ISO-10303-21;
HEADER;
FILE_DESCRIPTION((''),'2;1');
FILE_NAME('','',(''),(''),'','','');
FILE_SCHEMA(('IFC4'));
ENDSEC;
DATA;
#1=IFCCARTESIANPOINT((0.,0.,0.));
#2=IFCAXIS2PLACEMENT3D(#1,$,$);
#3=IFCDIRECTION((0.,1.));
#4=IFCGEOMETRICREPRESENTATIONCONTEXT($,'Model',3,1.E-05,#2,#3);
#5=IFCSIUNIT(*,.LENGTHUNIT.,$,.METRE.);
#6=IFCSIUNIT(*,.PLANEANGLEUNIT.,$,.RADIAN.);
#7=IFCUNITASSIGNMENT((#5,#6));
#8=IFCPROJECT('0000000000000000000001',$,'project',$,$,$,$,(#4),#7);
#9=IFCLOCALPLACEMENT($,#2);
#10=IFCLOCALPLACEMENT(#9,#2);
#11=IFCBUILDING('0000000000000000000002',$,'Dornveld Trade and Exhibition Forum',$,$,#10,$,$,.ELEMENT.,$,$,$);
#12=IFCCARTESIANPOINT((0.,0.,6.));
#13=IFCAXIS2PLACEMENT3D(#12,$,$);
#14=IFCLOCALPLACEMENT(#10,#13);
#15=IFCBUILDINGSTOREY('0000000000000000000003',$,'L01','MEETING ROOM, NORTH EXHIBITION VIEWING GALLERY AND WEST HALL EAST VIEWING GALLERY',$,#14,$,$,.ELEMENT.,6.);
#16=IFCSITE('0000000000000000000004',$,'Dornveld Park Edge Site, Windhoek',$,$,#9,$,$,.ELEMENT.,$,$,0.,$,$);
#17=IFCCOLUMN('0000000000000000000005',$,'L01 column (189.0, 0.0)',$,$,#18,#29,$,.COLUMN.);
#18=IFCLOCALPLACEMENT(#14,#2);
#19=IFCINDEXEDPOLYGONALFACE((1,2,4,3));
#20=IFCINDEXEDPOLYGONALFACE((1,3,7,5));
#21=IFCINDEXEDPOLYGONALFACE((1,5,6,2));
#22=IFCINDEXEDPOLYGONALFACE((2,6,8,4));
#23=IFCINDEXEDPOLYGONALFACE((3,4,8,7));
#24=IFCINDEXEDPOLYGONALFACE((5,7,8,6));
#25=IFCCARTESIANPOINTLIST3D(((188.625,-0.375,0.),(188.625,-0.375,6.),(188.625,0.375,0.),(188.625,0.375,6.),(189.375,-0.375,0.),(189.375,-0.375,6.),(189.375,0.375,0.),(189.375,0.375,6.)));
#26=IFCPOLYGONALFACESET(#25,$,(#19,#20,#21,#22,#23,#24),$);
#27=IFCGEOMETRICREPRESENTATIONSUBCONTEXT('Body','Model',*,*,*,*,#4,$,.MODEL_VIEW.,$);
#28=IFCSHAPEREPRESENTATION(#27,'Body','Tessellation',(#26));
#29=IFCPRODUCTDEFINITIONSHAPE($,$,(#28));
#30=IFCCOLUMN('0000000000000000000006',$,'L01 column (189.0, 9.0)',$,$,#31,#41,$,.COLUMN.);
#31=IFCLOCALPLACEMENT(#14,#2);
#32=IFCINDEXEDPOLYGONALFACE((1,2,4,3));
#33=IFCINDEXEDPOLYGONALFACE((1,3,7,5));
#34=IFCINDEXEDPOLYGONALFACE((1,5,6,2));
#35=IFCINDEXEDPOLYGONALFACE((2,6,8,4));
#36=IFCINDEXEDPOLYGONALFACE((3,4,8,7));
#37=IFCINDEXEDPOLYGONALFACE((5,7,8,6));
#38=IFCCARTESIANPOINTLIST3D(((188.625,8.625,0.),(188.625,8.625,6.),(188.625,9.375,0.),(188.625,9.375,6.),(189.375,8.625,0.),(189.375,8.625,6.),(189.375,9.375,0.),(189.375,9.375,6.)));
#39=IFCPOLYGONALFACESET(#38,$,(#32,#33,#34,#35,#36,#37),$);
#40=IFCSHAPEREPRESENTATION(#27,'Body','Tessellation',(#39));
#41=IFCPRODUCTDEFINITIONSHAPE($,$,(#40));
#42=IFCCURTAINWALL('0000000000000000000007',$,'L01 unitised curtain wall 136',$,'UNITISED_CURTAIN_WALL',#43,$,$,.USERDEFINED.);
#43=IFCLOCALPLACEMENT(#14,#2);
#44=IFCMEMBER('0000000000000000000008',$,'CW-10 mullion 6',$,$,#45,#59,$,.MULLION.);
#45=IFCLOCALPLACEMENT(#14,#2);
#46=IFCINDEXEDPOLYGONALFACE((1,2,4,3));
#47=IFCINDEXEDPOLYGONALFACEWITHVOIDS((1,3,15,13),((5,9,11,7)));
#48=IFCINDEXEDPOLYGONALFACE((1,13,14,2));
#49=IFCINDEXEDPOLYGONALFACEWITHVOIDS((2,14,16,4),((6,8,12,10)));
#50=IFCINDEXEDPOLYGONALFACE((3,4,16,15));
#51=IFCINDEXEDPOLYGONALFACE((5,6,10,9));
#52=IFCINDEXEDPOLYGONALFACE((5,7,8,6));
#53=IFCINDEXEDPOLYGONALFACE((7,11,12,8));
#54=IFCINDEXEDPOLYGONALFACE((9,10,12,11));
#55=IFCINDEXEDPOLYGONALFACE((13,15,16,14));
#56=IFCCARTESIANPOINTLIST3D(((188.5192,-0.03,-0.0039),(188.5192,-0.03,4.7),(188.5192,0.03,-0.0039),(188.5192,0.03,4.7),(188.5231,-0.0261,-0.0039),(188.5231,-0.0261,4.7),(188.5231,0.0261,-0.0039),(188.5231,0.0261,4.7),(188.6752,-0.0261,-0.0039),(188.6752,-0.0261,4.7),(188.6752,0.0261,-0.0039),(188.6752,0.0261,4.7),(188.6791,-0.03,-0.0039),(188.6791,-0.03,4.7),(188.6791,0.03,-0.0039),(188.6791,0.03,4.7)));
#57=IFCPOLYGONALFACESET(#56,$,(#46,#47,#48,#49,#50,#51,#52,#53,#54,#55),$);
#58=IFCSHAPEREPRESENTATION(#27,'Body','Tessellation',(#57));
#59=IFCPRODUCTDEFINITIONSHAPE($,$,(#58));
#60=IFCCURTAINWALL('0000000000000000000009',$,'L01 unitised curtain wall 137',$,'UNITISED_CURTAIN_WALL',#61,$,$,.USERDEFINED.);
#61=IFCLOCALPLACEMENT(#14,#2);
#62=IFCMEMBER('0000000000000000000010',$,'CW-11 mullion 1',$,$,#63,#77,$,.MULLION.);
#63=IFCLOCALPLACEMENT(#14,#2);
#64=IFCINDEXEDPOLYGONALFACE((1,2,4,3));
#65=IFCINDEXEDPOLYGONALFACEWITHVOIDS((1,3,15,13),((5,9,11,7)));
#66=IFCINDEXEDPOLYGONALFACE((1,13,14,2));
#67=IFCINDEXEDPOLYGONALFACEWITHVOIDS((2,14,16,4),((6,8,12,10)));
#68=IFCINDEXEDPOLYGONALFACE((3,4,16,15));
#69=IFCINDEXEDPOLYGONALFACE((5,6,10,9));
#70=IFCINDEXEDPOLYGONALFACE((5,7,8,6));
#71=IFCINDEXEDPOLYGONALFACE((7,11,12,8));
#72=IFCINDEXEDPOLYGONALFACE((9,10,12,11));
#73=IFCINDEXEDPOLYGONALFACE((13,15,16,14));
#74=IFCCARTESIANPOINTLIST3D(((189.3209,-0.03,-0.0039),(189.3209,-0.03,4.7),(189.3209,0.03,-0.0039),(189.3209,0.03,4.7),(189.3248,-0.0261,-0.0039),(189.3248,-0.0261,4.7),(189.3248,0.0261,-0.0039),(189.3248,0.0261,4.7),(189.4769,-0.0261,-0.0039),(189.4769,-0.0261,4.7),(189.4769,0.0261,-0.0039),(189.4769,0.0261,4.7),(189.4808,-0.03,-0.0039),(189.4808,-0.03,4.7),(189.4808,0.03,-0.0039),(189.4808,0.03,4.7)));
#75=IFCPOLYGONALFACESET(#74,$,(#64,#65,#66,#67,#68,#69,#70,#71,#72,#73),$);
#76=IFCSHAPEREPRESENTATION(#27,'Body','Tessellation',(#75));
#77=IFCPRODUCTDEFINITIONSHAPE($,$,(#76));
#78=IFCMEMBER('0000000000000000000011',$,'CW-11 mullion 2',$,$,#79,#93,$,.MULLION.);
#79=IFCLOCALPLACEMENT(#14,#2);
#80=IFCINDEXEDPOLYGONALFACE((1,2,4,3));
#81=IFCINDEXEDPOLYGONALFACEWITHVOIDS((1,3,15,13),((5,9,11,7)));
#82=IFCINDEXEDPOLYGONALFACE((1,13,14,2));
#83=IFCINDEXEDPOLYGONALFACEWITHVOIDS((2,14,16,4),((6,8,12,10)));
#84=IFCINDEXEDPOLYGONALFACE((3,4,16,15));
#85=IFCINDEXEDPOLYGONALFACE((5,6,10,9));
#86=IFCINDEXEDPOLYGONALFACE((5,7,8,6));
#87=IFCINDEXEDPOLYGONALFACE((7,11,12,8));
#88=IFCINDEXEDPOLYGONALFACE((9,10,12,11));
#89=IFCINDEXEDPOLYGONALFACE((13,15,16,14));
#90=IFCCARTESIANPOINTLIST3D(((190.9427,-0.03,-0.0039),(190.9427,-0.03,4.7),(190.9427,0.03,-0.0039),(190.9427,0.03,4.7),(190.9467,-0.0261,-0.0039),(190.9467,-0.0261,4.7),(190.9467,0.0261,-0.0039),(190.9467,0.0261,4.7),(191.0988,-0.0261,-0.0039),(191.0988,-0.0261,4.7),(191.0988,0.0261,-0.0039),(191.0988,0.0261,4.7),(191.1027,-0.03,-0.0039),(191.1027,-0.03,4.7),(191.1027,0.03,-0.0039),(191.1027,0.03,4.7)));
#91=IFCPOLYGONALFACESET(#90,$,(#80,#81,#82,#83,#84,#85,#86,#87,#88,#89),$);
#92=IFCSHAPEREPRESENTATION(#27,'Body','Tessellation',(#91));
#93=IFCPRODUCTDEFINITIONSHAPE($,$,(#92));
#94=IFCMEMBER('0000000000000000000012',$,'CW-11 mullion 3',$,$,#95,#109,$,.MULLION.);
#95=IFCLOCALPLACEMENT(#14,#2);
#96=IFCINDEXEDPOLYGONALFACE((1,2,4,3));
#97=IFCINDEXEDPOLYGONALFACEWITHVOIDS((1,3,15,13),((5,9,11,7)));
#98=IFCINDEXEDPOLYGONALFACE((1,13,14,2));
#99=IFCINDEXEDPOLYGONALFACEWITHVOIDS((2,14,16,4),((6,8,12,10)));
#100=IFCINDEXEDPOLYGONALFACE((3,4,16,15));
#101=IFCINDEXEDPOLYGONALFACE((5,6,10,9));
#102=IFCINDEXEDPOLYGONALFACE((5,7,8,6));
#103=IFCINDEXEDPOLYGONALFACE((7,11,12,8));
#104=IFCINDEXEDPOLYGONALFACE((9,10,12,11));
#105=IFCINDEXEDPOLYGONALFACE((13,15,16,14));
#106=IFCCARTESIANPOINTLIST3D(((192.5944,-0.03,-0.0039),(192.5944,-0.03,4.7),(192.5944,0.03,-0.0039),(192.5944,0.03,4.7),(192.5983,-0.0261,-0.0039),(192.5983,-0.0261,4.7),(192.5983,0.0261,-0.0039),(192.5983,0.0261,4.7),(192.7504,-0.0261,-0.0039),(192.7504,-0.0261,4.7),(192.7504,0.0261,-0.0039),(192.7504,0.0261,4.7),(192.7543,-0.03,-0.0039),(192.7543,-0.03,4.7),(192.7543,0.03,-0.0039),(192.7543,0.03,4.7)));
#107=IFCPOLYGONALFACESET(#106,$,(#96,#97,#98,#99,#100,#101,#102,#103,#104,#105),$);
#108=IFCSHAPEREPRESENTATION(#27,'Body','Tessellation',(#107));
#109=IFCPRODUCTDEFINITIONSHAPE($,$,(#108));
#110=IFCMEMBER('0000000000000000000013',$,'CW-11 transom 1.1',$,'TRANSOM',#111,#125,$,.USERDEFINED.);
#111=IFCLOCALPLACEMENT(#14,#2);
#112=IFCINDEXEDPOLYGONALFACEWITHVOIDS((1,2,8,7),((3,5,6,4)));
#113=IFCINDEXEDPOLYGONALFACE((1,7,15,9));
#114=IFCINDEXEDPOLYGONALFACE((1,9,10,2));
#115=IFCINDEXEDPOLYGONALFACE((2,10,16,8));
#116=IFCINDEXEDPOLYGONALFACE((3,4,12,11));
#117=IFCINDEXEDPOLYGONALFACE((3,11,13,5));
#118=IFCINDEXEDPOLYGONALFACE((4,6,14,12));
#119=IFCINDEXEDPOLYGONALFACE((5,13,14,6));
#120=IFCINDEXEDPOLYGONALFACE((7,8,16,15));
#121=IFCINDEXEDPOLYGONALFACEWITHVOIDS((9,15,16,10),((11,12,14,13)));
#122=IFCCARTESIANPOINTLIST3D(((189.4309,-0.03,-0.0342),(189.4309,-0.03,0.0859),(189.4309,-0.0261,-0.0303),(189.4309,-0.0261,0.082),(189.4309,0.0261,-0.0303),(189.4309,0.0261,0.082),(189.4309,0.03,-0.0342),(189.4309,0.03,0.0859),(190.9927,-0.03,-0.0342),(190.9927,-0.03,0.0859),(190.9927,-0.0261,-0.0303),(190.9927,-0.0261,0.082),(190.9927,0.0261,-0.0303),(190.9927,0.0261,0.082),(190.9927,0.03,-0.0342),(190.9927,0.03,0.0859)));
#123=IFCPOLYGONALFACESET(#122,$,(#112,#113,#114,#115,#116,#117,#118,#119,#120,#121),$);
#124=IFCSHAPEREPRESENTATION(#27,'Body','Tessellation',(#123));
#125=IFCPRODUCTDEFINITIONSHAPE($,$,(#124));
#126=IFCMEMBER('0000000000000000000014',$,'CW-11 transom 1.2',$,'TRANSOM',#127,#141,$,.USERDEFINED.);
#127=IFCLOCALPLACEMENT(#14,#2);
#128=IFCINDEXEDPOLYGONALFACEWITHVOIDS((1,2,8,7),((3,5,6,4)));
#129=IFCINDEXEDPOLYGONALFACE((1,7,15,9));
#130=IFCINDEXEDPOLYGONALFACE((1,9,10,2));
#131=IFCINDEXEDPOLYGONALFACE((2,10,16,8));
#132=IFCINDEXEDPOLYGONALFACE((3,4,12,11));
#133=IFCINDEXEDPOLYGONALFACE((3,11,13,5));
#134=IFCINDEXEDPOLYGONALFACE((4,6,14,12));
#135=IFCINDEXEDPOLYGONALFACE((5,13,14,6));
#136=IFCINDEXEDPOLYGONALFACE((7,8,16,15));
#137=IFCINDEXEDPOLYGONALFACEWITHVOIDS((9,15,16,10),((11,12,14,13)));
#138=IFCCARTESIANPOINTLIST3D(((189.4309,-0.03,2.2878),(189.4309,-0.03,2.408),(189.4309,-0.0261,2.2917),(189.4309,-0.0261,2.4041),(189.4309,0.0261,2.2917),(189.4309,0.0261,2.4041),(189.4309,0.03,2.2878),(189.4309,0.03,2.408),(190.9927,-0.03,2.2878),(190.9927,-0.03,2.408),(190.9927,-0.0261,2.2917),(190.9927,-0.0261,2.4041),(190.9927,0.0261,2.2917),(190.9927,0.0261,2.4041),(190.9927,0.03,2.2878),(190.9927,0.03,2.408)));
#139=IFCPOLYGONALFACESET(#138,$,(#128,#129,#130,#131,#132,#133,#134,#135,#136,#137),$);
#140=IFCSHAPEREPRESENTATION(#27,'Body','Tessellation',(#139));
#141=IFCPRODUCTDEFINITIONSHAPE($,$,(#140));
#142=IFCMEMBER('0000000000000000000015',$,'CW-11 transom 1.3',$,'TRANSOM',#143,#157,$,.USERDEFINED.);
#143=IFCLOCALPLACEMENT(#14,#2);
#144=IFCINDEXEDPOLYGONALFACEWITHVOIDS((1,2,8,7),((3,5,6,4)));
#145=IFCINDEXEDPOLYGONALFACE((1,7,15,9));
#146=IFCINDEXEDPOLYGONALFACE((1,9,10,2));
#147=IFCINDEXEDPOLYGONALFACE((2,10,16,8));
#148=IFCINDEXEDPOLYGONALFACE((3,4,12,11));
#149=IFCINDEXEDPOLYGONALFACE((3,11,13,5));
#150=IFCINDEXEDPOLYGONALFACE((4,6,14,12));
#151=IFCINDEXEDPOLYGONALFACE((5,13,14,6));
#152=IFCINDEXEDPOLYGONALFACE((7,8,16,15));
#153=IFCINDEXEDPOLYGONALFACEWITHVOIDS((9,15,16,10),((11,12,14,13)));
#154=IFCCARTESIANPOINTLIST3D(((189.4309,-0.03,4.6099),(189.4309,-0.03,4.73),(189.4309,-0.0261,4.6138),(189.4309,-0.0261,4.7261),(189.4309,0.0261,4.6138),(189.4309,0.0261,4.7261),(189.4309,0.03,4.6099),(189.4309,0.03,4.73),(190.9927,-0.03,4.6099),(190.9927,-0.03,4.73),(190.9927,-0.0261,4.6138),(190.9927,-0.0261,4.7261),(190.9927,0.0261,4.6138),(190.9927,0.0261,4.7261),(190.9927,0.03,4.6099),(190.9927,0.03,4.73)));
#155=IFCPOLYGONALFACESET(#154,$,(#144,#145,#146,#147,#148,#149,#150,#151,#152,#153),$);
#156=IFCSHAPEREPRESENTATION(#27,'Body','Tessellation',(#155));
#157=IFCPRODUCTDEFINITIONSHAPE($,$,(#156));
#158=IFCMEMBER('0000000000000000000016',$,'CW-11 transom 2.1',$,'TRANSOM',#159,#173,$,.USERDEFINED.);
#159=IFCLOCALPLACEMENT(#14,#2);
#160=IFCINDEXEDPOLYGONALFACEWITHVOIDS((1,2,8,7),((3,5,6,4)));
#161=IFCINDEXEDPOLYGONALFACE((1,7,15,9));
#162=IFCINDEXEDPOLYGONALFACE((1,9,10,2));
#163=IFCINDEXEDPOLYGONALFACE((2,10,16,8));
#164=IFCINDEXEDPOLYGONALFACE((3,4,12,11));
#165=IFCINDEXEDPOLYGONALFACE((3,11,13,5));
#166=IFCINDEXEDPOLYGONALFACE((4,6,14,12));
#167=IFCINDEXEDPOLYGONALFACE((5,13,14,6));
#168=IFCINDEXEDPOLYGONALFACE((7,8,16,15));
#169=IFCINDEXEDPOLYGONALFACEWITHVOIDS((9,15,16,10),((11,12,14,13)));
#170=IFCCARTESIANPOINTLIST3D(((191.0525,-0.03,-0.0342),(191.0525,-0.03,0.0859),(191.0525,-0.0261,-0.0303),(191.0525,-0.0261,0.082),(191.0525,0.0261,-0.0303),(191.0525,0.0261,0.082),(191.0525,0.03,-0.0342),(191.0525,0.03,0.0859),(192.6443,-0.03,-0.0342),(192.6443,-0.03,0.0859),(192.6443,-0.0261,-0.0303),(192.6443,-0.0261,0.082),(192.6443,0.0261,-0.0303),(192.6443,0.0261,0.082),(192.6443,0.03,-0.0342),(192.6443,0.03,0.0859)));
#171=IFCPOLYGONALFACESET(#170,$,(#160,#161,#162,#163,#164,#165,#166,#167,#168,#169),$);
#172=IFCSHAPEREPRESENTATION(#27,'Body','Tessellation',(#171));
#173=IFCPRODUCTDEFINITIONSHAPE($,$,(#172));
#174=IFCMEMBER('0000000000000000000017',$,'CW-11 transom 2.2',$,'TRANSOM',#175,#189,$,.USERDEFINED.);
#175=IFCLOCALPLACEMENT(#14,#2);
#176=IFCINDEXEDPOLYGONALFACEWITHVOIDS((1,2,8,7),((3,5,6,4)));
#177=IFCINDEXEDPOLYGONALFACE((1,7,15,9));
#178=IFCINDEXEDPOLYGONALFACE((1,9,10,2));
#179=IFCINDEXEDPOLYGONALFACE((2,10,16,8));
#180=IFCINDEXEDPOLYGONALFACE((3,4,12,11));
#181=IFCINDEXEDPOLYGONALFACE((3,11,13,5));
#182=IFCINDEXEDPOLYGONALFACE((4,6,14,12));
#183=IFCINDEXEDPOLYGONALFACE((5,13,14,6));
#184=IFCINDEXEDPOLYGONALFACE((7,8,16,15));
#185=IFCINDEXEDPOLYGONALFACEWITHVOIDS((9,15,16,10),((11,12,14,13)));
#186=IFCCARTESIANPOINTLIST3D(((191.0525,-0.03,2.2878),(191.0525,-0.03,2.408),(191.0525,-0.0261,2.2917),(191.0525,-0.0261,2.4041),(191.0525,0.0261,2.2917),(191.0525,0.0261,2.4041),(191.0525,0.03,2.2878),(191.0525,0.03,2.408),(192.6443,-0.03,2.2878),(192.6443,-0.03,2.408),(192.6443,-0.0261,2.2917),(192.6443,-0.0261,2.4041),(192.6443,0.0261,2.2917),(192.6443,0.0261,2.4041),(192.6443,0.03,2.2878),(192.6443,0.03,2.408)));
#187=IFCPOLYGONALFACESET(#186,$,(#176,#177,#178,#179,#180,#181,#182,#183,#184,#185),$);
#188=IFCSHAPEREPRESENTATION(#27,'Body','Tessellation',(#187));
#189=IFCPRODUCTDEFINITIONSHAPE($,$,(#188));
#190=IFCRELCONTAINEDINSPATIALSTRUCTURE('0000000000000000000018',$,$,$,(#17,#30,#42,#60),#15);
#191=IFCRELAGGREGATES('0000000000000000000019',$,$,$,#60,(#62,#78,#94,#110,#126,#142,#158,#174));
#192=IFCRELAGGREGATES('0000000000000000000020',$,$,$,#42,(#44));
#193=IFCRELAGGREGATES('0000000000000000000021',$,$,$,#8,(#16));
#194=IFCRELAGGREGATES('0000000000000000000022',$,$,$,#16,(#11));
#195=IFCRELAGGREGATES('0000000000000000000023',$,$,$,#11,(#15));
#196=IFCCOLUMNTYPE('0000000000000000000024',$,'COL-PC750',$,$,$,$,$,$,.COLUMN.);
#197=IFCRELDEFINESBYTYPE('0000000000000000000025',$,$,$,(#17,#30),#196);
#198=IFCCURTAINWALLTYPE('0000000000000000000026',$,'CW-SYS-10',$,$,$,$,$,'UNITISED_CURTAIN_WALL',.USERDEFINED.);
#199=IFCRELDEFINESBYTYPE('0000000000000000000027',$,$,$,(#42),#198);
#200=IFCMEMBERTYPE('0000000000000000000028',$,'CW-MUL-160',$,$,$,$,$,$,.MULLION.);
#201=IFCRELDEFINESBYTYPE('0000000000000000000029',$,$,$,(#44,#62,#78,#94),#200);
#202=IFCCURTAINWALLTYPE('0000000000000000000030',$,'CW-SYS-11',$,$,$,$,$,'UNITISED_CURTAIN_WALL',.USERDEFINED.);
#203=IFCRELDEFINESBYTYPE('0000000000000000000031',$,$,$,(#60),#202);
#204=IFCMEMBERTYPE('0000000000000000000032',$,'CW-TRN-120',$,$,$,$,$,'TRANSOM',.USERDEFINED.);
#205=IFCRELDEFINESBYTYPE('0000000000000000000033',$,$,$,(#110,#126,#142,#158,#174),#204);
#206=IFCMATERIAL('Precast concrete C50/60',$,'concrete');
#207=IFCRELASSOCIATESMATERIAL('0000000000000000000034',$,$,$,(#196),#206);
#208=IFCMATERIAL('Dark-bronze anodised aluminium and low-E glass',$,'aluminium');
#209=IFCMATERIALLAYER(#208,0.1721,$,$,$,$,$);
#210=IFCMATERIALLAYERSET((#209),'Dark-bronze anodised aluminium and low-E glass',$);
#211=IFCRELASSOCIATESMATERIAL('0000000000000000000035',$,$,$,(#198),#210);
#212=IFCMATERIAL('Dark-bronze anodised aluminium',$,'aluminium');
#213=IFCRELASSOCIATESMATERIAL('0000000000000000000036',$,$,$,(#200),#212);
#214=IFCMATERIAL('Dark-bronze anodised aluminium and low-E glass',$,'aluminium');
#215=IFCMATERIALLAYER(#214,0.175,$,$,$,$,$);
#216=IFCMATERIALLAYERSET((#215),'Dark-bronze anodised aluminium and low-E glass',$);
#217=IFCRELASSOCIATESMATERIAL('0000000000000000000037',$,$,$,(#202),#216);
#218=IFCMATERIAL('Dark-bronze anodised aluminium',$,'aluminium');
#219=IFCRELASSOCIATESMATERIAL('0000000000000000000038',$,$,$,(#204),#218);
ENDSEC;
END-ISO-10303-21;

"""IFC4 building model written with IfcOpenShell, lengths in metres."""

from ifc_helpers import new_model, si_unit, direction, frame, origin, origin_2d, place, context, subcontext, project, spatial, rectangle, hollow_rectangle, extrude, material, layer, layer_set, material_profile, profile_set, type_object, element, aggregate, save


model = new_model("IFC4")

# Units and contexts
model_context = context("Model", 3, precision=1e-05, world=origin(), true_north=direction((0.0, 1.0)))
body_context = subcontext(model_context, "Body", "Model", "MODEL_VIEW")
ifc_project = project(units=[si_unit("LENGTHUNIT", "METRE"), si_unit("PLANEANGLEUNIT", "RADIAN")], contexts=[model_context])

# Site, building, storey
site_placement = place(None, origin())
site = spatial("IfcSite", under=ifc_project, at=site_placement, Name="Dornveld Park Edge Site, Windhoek", CompositionType="ELEMENT", RefElevation=0.0)
building_placement = place(site_placement, origin())
building = spatial("IfcBuilding", under=site, at=building_placement, Name="Dornveld Trade and Exhibition Forum", CompositionType="ELEMENT")
storey_placement = place(building_placement, frame((0.0, 0.0, 6.0)))
storey = spatial("IfcBuildingStorey", under=building, at=storey_placement, Name="L01", Description="MEETING ROOM, NORTH EXHIBITION VIEWING GALLERY AND WEST HALL EAST VIEWING GALLERY", CompositionType="ELEMENT", Elevation=6.0)

# Columns
ifc_material_1 = material(Name="Precast concrete C50/60", Category="concrete")
ifc_material_profile_1 = material_profile(ifc_material_1, rectangle(XDim=0.75, YDim=0.75, at=origin_2d()), Name="PC-COL 750x750")
ifc_profile_set_1 = profile_set([ifc_material_profile_1], Name="Precast concrete C50/60")
column_type = type_object("IfcColumnType", Name="COL-PC750", PredefinedType="COLUMN", material=ifc_profile_set_1)
for number, where, z_axis, x_axis, name in (
    (1, (189.0, 0.0, 0.0), (0.0, 0.0, 1.0), (1.0, 0.0, 0.0), "L01 column (189.0, 0.0)"),
    (2, (189.0, 9.0, 0.0), (0.0, 0.0, 1.0), (1.0, 0.0, 0.0), "L01 column (189.0, 9.0)"),
):
    element("IfcColumn", number, at=place(storey_placement, frame(where, z_axis=z_axis, x_axis=x_axis)), inside=storey, type_object=column_type, Name=name, PredefinedType="COLUMN", context=body_context, shape_type="SweptSolid", body=[
        extrude(rectangle(XDim=0.75, YDim=0.75, at=origin_2d()), origin(), (0.0, 0.0, 1.0), 6.0),
    ])

# Curtain wall, member
ifc_material_2 = material(Name="Dark-bronze anodised aluminium and low-E glass", Category="aluminium")
ifc_layer_1 = layer(ifc_material_2, 0.1721)
ifc_layer_set_1 = layer_set([ifc_layer_1], Name="Dark-bronze anodised aluminium and low-E glass")
curtain_wall_type_1 = type_object("IfcCurtainWallType", Name="CW-SYS-10", ElementType="UNITISED_CURTAIN_WALL", PredefinedType="USERDEFINED", material=ifc_layer_set_1)
curtain_wall_1_placement = place(storey_placement, origin())
curtain_wall_1 = element("IfcCurtainWall", 3, at=curtain_wall_1_placement, inside=storey, type_object=curtain_wall_type_1, Name="L01 unitised curtain wall 136", ObjectType="UNITISED_CURTAIN_WALL", PredefinedType="USERDEFINED")
ifc_material_3 = material(Name="Dark-bronze anodised aluminium", Category="aluminium")
ifc_material_profile_2 = material_profile(ifc_material_3, hollow_rectangle(XDim=0.0601, YDim=0.1599, WallThickness=0.0039, at=origin_2d()), Name="RHS 160x60x4")
ifc_profile_set_2 = profile_set([ifc_material_profile_2], Name="Dark-bronze anodised aluminium")
member_type_1 = type_object("IfcMemberType", Name="CW-MUL-160", PredefinedType="MULLION", material=ifc_profile_set_2)
member_1_placement = place(storey_placement, frame((188.5991, 0.0, -0.0039), z_axis=(0.0, 0.0, 1.0), x_axis=(0.0, 1.0, 0.0)))
member_1 = element("IfcMember", 4, at=member_1_placement, type_object=member_type_1, Name="CW-10 mullion 6", PredefinedType="MULLION", context=body_context, shape_type="SweptSolid", body=[
    extrude(hollow_rectangle(XDim=0.0601, YDim=0.1599, WallThickness=0.0039, at=origin_2d()), origin(), (0.0, 0.0, 1.0), 4.7039),
])

# Curtain wall, members
ifc_material_4 = material(Name="Dark-bronze anodised aluminium and low-E glass", Category="aluminium")
ifc_layer_2 = layer(ifc_material_4, 0.175)
ifc_layer_set_2 = layer_set([ifc_layer_2], Name="Dark-bronze anodised aluminium and low-E glass")
curtain_wall_type_2 = type_object("IfcCurtainWallType", Name="CW-SYS-11", ElementType="UNITISED_CURTAIN_WALL", PredefinedType="USERDEFINED", material=ifc_layer_set_2)
curtain_wall_2_placement = place(storey_placement, origin())
curtain_wall_2 = element("IfcCurtainWall", 5, at=curtain_wall_2_placement, inside=storey, type_object=curtain_wall_type_2, Name="L01 unitised curtain wall 137", ObjectType="UNITISED_CURTAIN_WALL", PredefinedType="USERDEFINED")
member_2_placement = place(storey_placement, frame((189.4009, 0.0, -0.0039), z_axis=(0.0, 0.0, 1.0), x_axis=(0.0, 1.0, 0.0)))
member_2 = element("IfcMember", 6, at=member_2_placement, type_object=member_type_1, Name="CW-11 mullion 1", PredefinedType="MULLION", context=body_context, shape_type="SweptSolid", body=[
    extrude(hollow_rectangle(XDim=0.0601, YDim=0.1599, WallThickness=0.0039, at=origin_2d()), origin(), (0.0, 0.0, 1.0), 4.7039),
])
member_3_placement = place(storey_placement, frame((191.0227, 0.0, -0.0039), z_axis=(0.0, 0.0, 1.0), x_axis=(0.0, 1.0, 0.0)))
member_3 = element("IfcMember", 7, at=member_3_placement, type_object=member_type_1, Name="CW-11 mullion 2", PredefinedType="MULLION", context=body_context, shape_type="SweptSolid", body=[
    extrude(hollow_rectangle(XDim=0.0601, YDim=0.1599, WallThickness=0.0039, at=origin_2d()), origin(), (0.0, 0.0, 1.0), 4.7039),
])
member_4_placement = place(storey_placement, frame((192.6743, 0.0, -0.0039), z_axis=(0.0, 0.0, 1.0), x_axis=(0.0, 1.0, 0.0)))
member_4 = element("IfcMember", 8, at=member_4_placement, type_object=member_type_1, Name="CW-11 mullion 3", PredefinedType="MULLION", context=body_context, shape_type="SweptSolid", body=[
    extrude(hollow_rectangle(XDim=0.0601, YDim=0.1599, WallThickness=0.0039, at=origin_2d()), origin(), (0.0, 0.0, 1.0), 4.7039),
])
ifc_material_5 = material(Name="Dark-bronze anodised aluminium", Category="aluminium")
ifc_material_profile_3 = material_profile(ifc_material_5, hollow_rectangle(XDim=0.0601, YDim=0.1201, WallThickness=0.0039, at=origin_2d()), Name="RHS 120x60x4")
ifc_profile_set_3 = profile_set([ifc_material_profile_3], Name="Dark-bronze anodised aluminium")
member_type_2 = type_object("IfcMemberType", Name="CW-TRN-120", ElementType="TRANSOM", PredefinedType="USERDEFINED", material=ifc_profile_set_3)
member_5_placement = place(storey_placement, frame((189.4309, 0.0, 0.0259), z_axis=(1.0, 0.0, 0.0), x_axis=(0.0, 1.0, 0.0)))
member_5 = element("IfcMember", 9, at=member_5_placement, type_object=member_type_2, Name="CW-11 transom 1.1", ObjectType="TRANSOM", PredefinedType="USERDEFINED", context=body_context, shape_type="SweptSolid", body=[
    extrude(hollow_rectangle(XDim=0.0601, YDim=0.1201, WallThickness=0.0039, at=origin_2d()), origin(), (0.0, 0.0, 1.0), 1.5618),
])
member_6_placement = place(storey_placement, frame((189.4309, 0.0, 2.3479), z_axis=(1.0, 0.0, 0.0), x_axis=(0.0, 1.0, 0.0)))
member_6 = element("IfcMember", 10, at=member_6_placement, type_object=member_type_2, Name="CW-11 transom 1.2", ObjectType="TRANSOM", PredefinedType="USERDEFINED", context=body_context, shape_type="SweptSolid", body=[
    extrude(hollow_rectangle(XDim=0.0601, YDim=0.1201, WallThickness=0.0039, at=origin_2d()), origin(), (0.0, 0.0, 1.0), 1.5618),
])
member_7_placement = place(storey_placement, frame((189.4309, 0.0, 4.6699), z_axis=(1.0, 0.0, 0.0), x_axis=(0.0, 1.0, 0.0)))
member_7 = element("IfcMember", 11, at=member_7_placement, type_object=member_type_2, Name="CW-11 transom 1.3", ObjectType="TRANSOM", PredefinedType="USERDEFINED", context=body_context, shape_type="SweptSolid", body=[
    extrude(hollow_rectangle(XDim=0.0601, YDim=0.1201, WallThickness=0.0039, at=origin_2d()), origin(), (0.0, 0.0, 1.0), 1.5618),
])
member_8_placement = place(storey_placement, frame((191.0525, 0.0, 0.0259), z_axis=(1.0, 0.0, 0.0), x_axis=(0.0, 1.0, 0.0)))
member_8 = element("IfcMember", 12, at=member_8_placement, type_object=member_type_2, Name="CW-11 transom 2.1", ObjectType="TRANSOM", PredefinedType="USERDEFINED", context=body_context, shape_type="SweptSolid", body=[
    extrude(hollow_rectangle(XDim=0.0601, YDim=0.1201, WallThickness=0.0039, at=origin_2d()), origin(), (0.0, 0.0, 1.0), 1.5918),
])
member_9_placement = place(storey_placement, frame((191.0525, 0.0, 2.3479), z_axis=(1.0, 0.0, 0.0), x_axis=(0.0, 1.0, 0.0)))
member_9 = element("IfcMember", 13, at=member_9_placement, type_object=member_type_2, Name="CW-11 transom 2.2", ObjectType="TRANSOM", PredefinedType="USERDEFINED", context=body_context, shape_type="SweptSolid", body=[
    extrude(hollow_rectangle(XDim=0.0601, YDim=0.1201, WallThickness=0.0039, at=origin_2d()), origin(), (0.0, 0.0, 1.0), 1.5918),
])

aggregate(curtain_wall_2, [member_2, member_3, member_4, member_5, member_6, member_7, member_8, member_9])
aggregate(curtain_wall_1, [member_1])

save(model, "model.ifc")
